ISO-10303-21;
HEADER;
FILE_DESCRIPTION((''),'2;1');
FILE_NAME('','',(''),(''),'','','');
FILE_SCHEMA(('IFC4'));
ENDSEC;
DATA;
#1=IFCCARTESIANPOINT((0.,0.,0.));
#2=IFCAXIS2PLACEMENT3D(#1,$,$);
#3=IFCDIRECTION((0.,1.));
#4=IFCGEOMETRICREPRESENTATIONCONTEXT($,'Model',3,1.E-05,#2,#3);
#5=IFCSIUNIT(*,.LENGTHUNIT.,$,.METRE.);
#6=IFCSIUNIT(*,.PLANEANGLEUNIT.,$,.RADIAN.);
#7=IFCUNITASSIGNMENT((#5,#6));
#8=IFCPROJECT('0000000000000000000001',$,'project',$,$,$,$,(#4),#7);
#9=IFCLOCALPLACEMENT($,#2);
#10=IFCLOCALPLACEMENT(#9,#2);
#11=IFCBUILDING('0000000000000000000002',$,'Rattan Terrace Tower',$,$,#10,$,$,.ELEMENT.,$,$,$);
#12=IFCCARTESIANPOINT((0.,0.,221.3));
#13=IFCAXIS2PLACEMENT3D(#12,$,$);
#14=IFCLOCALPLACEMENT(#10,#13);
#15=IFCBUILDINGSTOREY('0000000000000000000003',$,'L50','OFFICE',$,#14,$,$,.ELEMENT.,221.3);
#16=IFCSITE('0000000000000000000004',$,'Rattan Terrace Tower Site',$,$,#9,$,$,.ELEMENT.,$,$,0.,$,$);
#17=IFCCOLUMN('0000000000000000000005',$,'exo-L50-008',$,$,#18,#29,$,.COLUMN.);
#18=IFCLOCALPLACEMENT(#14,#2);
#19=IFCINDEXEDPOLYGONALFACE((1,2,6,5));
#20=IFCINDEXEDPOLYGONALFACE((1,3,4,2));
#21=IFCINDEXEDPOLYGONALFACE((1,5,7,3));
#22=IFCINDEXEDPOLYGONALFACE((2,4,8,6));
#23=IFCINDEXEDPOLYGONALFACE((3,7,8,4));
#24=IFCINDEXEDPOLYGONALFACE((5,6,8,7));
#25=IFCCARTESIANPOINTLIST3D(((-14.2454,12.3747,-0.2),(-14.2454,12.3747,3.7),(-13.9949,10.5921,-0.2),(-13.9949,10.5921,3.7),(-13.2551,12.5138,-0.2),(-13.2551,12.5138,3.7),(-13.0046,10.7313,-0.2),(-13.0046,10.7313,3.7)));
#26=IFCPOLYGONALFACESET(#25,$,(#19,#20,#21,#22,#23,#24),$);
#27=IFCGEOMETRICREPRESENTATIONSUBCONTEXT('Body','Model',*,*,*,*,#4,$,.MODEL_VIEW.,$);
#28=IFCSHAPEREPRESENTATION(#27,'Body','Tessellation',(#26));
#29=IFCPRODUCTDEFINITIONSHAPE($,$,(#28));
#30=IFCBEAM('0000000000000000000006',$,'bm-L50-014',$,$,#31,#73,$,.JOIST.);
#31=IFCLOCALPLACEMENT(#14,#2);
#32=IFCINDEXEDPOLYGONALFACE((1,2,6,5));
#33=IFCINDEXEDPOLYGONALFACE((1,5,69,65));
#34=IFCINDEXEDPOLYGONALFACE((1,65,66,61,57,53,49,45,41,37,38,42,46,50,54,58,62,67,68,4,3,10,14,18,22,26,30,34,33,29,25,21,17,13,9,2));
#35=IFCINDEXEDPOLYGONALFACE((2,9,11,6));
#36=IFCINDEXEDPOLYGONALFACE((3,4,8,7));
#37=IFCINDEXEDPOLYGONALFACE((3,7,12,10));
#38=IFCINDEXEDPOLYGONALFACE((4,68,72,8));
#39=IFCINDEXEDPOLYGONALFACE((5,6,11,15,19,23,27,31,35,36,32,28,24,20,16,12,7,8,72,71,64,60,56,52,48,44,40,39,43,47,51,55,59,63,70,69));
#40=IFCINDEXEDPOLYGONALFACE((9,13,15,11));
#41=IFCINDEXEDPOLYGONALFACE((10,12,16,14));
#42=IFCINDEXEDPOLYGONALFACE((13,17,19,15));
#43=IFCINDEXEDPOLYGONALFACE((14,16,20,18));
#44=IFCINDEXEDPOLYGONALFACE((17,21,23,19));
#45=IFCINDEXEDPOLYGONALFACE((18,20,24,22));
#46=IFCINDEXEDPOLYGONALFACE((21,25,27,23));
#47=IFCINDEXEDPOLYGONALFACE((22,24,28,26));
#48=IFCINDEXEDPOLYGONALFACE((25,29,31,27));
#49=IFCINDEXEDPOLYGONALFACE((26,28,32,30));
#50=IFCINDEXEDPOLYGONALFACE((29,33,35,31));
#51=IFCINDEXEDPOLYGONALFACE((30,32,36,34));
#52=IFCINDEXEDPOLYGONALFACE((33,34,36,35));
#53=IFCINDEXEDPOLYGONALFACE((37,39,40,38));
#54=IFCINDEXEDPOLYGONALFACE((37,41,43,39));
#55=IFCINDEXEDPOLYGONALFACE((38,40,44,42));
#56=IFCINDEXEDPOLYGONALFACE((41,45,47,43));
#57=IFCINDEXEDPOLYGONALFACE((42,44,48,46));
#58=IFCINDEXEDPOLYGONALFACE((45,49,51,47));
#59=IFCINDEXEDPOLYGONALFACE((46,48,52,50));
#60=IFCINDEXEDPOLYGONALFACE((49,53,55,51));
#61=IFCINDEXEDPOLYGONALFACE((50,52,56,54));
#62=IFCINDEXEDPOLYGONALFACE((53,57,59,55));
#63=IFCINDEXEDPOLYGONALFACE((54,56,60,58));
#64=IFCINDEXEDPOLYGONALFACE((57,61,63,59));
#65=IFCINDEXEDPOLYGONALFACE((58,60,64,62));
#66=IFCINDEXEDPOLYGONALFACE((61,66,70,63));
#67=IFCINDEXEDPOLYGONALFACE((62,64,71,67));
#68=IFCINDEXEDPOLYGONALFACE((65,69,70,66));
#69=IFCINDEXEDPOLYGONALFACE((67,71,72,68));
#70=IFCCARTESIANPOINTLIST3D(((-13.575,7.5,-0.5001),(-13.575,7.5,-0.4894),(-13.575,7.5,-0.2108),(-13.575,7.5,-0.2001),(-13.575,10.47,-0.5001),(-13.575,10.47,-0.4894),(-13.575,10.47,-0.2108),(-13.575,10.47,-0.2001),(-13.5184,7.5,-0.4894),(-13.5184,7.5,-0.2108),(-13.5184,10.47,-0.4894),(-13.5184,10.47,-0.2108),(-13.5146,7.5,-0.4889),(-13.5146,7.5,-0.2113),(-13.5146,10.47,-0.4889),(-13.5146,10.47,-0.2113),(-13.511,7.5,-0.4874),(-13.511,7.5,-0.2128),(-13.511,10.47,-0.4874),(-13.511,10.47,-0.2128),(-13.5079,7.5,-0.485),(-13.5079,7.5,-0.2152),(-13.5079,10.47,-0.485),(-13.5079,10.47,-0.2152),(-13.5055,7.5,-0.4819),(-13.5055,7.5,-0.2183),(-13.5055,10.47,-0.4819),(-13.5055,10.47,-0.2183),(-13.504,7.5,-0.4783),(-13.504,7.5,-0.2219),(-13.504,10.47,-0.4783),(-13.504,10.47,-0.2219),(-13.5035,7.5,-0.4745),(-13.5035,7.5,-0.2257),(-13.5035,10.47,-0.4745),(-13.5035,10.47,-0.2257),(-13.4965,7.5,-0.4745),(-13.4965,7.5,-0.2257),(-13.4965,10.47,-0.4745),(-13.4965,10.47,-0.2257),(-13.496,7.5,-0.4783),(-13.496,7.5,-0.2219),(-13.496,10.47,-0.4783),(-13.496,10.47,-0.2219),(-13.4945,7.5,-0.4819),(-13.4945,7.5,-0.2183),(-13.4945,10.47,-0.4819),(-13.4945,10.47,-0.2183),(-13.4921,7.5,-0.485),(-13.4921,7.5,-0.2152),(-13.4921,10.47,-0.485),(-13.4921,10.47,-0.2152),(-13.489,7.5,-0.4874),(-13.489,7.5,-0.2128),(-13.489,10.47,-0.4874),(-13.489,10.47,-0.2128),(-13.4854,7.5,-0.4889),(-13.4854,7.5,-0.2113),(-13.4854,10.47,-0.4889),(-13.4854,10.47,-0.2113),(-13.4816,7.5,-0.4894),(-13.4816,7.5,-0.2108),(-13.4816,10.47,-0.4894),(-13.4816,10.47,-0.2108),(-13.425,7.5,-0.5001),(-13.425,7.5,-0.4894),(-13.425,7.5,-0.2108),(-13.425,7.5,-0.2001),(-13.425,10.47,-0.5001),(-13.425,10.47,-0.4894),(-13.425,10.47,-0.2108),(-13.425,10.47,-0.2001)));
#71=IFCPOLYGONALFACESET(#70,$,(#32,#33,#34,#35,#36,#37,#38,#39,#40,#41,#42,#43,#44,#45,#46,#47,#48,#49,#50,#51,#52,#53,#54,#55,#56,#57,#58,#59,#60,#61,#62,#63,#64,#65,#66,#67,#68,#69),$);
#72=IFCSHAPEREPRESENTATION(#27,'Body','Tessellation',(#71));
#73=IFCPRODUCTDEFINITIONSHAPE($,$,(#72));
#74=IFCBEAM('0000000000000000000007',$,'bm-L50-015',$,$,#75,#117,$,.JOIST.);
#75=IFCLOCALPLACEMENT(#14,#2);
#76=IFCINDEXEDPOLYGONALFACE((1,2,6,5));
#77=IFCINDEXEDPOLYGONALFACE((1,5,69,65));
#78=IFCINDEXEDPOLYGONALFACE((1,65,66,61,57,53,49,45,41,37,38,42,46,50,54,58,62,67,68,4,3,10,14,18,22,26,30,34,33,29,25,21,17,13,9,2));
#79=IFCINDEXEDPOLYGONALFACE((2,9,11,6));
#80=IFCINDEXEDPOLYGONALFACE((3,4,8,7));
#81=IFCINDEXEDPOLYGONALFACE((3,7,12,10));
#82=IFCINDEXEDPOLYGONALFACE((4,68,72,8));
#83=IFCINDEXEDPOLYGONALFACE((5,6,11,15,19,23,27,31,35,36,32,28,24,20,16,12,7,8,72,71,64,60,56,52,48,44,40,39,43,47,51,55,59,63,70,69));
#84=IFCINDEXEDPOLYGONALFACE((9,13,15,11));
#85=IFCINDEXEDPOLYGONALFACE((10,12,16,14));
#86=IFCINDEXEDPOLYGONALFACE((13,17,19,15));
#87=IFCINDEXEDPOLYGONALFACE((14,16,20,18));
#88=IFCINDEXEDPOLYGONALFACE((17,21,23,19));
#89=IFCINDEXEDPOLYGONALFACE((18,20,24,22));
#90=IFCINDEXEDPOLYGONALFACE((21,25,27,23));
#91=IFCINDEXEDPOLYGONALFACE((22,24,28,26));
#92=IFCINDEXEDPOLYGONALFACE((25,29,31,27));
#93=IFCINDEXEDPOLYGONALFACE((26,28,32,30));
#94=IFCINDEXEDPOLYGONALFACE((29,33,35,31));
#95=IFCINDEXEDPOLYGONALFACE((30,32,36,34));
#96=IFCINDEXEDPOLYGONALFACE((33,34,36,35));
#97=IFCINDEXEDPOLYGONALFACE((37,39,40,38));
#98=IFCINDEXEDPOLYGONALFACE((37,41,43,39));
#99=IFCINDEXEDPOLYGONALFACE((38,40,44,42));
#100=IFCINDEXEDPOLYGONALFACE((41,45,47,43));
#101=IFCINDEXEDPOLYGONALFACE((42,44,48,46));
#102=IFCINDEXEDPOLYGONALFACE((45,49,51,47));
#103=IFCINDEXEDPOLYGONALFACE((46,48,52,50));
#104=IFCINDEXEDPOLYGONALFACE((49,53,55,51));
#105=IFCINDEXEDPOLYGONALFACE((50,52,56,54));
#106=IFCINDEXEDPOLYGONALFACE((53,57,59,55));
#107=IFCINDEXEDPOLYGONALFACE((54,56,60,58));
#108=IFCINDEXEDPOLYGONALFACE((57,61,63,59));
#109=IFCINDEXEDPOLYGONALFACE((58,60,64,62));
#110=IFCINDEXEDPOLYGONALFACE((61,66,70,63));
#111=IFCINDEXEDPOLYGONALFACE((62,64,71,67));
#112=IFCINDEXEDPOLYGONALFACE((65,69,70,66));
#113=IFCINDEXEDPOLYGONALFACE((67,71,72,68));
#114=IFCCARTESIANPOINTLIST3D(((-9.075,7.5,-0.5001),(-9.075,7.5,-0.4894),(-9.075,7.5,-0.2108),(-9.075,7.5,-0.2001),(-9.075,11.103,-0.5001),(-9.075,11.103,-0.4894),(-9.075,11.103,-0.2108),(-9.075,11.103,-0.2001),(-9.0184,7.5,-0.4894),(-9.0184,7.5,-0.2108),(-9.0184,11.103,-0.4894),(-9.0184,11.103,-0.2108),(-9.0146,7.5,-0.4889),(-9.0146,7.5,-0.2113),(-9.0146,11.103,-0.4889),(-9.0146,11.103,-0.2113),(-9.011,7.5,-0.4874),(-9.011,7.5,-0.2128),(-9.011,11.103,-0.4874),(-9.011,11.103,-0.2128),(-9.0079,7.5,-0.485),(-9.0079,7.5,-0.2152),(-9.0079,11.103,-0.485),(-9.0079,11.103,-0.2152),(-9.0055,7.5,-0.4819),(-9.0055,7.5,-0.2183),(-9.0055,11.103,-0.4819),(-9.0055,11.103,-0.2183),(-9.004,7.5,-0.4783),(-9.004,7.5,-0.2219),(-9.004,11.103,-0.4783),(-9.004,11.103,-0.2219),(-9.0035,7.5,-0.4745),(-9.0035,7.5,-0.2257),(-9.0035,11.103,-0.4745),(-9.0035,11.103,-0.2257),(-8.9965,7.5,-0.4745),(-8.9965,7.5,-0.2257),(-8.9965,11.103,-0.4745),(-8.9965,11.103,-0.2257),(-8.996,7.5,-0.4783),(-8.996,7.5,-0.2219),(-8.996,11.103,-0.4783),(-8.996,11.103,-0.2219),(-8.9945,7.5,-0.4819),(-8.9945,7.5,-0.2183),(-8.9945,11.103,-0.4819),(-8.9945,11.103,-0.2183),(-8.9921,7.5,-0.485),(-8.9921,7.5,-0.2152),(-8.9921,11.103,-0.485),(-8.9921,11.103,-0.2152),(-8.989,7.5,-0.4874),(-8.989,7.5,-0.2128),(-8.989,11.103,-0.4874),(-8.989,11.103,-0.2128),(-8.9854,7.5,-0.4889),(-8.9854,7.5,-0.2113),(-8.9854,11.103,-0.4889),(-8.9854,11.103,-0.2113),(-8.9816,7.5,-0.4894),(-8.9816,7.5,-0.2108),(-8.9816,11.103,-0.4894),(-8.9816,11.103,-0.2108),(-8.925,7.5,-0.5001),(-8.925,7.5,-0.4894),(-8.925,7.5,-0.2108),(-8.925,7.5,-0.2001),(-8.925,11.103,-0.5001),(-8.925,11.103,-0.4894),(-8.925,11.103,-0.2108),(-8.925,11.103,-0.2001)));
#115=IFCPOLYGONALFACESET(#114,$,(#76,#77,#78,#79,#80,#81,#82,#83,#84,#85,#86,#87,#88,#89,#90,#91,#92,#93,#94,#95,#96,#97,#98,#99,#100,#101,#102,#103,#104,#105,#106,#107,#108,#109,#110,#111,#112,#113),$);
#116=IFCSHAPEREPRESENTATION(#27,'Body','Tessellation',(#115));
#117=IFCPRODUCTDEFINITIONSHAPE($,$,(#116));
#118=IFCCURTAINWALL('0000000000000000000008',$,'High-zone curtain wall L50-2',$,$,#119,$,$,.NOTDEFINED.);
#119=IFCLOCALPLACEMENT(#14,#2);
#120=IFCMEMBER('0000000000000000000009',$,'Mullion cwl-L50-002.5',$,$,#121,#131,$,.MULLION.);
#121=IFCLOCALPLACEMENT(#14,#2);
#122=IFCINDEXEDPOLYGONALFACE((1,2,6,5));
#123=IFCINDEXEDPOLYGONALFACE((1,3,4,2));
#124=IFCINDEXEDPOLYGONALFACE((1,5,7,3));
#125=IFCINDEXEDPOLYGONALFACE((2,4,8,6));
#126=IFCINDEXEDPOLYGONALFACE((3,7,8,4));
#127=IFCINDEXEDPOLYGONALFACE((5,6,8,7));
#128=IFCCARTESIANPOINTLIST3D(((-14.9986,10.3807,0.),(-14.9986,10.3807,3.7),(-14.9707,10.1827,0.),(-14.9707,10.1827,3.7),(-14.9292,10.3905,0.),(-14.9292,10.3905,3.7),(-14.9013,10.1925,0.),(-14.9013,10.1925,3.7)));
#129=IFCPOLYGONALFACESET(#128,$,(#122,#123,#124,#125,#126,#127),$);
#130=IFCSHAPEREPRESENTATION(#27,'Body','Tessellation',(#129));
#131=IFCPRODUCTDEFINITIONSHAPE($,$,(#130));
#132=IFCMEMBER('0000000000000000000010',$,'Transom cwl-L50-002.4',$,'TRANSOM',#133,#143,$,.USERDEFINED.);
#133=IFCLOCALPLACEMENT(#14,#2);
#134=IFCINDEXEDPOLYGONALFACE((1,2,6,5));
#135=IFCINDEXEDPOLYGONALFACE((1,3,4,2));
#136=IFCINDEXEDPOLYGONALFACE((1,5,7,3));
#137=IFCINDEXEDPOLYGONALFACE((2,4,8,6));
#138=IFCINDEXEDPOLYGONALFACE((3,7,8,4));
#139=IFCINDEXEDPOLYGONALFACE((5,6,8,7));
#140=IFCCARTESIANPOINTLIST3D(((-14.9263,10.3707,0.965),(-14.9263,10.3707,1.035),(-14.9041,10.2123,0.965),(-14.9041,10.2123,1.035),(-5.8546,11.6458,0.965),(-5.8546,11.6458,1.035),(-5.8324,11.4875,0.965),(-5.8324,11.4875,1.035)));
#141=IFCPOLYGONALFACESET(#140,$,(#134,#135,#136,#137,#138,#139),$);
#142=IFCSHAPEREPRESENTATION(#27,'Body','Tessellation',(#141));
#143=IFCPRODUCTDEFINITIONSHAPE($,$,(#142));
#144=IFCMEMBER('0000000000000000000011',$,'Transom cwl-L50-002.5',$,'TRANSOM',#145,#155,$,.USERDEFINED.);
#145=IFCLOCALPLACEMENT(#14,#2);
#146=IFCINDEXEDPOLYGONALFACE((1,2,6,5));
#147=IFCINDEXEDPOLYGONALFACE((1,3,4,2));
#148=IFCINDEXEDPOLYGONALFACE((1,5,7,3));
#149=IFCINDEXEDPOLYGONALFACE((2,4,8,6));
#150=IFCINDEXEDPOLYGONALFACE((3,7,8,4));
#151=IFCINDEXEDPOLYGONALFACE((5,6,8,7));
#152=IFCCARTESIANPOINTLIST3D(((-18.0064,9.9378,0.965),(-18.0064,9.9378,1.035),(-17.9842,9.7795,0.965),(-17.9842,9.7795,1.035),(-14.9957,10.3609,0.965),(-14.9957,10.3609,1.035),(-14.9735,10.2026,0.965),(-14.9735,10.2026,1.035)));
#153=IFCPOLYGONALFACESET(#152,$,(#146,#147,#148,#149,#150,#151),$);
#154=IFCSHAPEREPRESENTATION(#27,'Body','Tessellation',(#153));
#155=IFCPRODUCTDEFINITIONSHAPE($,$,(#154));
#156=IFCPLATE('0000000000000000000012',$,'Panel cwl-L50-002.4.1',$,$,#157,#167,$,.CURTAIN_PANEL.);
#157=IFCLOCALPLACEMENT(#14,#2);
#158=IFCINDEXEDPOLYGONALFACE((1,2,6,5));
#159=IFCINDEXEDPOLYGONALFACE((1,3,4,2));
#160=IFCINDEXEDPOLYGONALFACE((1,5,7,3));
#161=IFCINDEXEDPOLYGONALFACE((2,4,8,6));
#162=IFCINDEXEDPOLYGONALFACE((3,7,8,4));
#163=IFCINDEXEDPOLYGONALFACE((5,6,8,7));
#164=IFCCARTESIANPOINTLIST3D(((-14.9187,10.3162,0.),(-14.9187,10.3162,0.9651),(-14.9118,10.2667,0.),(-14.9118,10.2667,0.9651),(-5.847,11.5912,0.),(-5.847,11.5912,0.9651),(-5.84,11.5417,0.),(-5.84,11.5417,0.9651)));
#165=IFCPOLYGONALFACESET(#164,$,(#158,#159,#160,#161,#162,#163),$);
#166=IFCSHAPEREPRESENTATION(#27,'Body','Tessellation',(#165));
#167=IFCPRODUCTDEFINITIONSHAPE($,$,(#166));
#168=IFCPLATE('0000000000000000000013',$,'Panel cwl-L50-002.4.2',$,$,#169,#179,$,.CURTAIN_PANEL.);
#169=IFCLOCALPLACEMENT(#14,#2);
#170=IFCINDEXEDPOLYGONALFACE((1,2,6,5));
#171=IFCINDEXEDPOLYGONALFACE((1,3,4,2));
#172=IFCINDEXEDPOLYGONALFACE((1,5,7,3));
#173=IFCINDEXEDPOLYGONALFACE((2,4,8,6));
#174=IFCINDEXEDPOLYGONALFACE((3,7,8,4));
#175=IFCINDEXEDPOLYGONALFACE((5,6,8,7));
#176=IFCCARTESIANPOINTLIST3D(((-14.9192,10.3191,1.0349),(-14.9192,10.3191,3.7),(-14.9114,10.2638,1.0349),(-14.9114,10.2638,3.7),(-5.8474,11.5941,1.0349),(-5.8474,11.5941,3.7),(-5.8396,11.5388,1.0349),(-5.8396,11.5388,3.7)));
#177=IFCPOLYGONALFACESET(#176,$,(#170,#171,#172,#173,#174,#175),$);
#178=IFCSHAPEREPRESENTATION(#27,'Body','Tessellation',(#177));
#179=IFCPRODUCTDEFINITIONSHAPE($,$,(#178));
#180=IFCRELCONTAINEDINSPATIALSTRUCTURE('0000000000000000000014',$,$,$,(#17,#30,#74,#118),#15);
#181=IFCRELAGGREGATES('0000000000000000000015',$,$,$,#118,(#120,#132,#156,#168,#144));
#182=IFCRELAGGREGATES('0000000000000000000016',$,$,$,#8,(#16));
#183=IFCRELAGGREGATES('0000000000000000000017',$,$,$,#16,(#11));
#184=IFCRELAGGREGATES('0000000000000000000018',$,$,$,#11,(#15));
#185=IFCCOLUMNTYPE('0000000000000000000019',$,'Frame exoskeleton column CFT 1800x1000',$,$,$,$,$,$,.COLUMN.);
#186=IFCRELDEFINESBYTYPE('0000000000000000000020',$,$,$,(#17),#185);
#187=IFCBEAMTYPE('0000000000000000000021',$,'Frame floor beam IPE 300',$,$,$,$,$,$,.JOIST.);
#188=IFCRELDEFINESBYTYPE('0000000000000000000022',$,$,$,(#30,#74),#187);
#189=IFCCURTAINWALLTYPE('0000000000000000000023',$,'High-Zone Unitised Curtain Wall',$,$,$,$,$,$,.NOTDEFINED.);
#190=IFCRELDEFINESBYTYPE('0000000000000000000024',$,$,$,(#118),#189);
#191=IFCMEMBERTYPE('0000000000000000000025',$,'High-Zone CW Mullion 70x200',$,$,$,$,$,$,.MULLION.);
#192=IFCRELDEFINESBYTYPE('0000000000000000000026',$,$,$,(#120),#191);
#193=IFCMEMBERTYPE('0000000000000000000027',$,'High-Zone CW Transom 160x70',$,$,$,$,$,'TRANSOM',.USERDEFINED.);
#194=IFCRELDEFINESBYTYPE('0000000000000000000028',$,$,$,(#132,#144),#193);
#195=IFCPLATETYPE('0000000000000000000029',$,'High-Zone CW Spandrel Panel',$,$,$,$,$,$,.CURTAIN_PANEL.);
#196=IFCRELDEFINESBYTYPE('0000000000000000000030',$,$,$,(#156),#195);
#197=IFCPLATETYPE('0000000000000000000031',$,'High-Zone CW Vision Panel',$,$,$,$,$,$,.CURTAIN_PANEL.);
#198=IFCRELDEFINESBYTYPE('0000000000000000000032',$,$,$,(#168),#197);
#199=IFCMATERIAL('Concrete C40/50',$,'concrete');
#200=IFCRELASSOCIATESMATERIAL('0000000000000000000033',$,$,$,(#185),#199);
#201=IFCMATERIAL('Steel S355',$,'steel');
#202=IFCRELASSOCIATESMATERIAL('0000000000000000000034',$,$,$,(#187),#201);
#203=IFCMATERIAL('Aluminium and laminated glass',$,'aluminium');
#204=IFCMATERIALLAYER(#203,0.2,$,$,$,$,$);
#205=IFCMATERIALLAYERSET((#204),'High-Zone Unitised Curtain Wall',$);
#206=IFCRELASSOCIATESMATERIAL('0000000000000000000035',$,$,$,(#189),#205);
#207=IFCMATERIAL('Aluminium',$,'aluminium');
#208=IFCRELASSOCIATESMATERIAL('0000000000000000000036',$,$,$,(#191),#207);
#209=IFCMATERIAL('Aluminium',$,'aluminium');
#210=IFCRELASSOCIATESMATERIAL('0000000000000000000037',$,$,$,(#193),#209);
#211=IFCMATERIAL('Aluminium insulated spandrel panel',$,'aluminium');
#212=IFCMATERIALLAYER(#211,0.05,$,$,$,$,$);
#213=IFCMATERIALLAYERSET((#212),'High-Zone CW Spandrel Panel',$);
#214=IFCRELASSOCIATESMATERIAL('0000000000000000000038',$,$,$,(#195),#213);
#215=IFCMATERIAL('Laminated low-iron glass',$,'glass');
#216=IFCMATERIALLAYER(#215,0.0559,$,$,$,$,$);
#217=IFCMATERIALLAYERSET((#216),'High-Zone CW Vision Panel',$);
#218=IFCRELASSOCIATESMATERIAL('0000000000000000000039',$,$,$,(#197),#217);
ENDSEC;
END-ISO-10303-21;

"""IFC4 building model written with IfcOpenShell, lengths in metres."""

from ifc_helpers import new_model, si_unit, direction, frame, origin, origin_2d, place, context, subcontext, project, spatial, rectangle, i_section, extrude, material, layer, layer_set, material_profile, profile_set, type_object, element, aggregate, save


model = new_model("IFC4")

# Units and contexts
model_context = context("Model", 3, precision=1e-05, world=origin(), true_north=direction((0.0, 1.0)))
body_context = subcontext(model_context, "Body", "Model", "MODEL_VIEW")
ifc_project = project(units=[si_unit("LENGTHUNIT", "METRE"), si_unit("PLANEANGLEUNIT", "RADIAN")], contexts=[model_context])

# Site, building, storey
site_placement = place(None, origin())
site = spatial("IfcSite", under=ifc_project, at=site_placement, Name="Rattan Terrace Tower Site", CompositionType="ELEMENT", RefElevation=0.0)
building_placement = place(site_placement, origin())
building = spatial("IfcBuilding", under=site, at=building_placement, Name="Rattan Terrace Tower", CompositionType="ELEMENT")
storey_placement = place(building_placement, frame((0.0, 0.0, 221.3)))
storey = spatial("IfcBuildingStorey", under=building, at=storey_placement, Name="L50", Description="OFFICE", CompositionType="ELEMENT", Elevation=221.3)

# Column
ifc_material_1 = material(Name="Concrete C40/50", Category="concrete")
ifc_material_profile_1 = material_profile(ifc_material_1, rectangle(XDim=1.0, YDim=1.8, at=origin_2d()), Name="CFT 1800x1000")
ifc_profile_set_1 = profile_set([ifc_material_profile_1], Name="Concrete C40/50")
column_type = type_object("IfcColumnType", Name="Frame exoskeleton column CFT 1800x1000", PredefinedType="COLUMN", material=ifc_profile_set_1)
column_placement = place(storey_placement, frame((-13.625, 11.553, -0.2), z_axis=(0.0, 0.0, 1.0), x_axis=(0.990268, 0.139173, 0.0)))
element("IfcColumn", 1, at=column_placement, inside=storey, type_object=column_type, Name="exo-L50-008", PredefinedType="COLUMN", context=body_context, shape_type="SweptSolid", body=[
    extrude(rectangle(XDim=1.0, YDim=1.8, at=origin_2d()), origin(), (0.0, 0.0, 1.0), 3.8999),
])

# Beams
ifc_material_2 = material(Name="Steel S355", Category="steel")
ifc_material_profile_2 = material_profile(ifc_material_2, i_section(OverallWidth=0.1499, OverallDepth=0.3, WebThickness=0.0071, FlangeThickness=0.0107, FilletRadius=0.0149, at=origin_2d()), Name="IPE 300")
ifc_profile_set_2 = profile_set([ifc_material_profile_2], Name="Steel S355")
beam_type = type_object("IfcBeamType", Name="Frame floor beam IPE 300", PredefinedType="JOIST", material=ifc_profile_set_2)
beam_1_placement = place(storey_placement, frame((-13.5, 7.5, -0.3501), z_axis=(0.0, 1.0, 0.0), x_axis=(-1.0, 0.0, 0.0)))
element("IfcBeam", 2, at=beam_1_placement, inside=storey, type_object=beam_type, Name="bm-L50-014", PredefinedType="JOIST", context=body_context, shape_type="SweptSolid", body=[
    extrude(i_section(OverallWidth=0.1499, OverallDepth=0.3, WebThickness=0.0071, FlangeThickness=0.0107, FilletRadius=0.0149, at=origin_2d()), origin(), (0.0, 0.0, 1.0), 2.97),
])
beam_2_placement = place(storey_placement, frame((-9.0, 7.5, -0.3501), z_axis=(0.0, 1.0, 0.0), x_axis=(-1.0, 0.0, 0.0)))
element("IfcBeam", 3, at=beam_2_placement, inside=storey, type_object=beam_type, Name="bm-L50-015", PredefinedType="JOIST", context=body_context, shape_type="SweptSolid", body=[
    extrude(i_section(OverallWidth=0.1499, OverallDepth=0.3, WebThickness=0.0071, FlangeThickness=0.0107, FilletRadius=0.0149, at=origin_2d()), origin(), (0.0, 0.0, 1.0), 3.603),
])

# Curtain wall, members, plates
ifc_material_3 = material(Name="Aluminium and laminated glass", Category="aluminium")
ifc_layer_1 = layer(ifc_material_3, 0.2)
ifc_layer_set_1 = layer_set([ifc_layer_1], Name="High-Zone Unitised Curtain Wall")
curtain_wall_type = type_object("IfcCurtainWallType", Name="High-Zone Unitised Curtain Wall", PredefinedType="NOTDEFINED", material=ifc_layer_set_1)
curtain_wall_placement = place(storey_placement, origin())
curtain_wall = element("IfcCurtainWall", 4, at=curtain_wall_placement, inside=storey, type_object=curtain_wall_type, Name="High-zone curtain wall L50-2", PredefinedType="NOTDEFINED")
ifc_material_4 = material(Name="Aluminium", Category="aluminium")
ifc_material_profile_3 = material_profile(ifc_material_4, rectangle(XDim=0.0701, YDim=0.2, at=origin_2d()), Name="Aluminium 70x200")
ifc_profile_set_3 = profile_set([ifc_material_profile_3], Name="Aluminium")
member_type_1 = type_object("IfcMemberType", Name="High-Zone CW Mullion 70x200", PredefinedType="MULLION", material=ifc_profile_set_3)
member_1_placement = place(storey_placement, frame((-14.95, 10.2866, 0.0), z_axis=(0.0, 0.0, 1.0), x_axis=(-0.990267, -0.139177, 0.0)))
member_1 = element("IfcMember", 5, at=member_1_placement, type_object=member_type_1, Name="Mullion cwl-L50-002.5", PredefinedType="MULLION", context=body_context, shape_type="SweptSolid", body=[
    extrude(rectangle(XDim=0.0701, YDim=0.2, at=origin_2d()), origin(), (0.0, 0.0, 1.0), 3.7),
])
ifc_material_5 = material(Name="Aluminium", Category="aluminium")
ifc_material_profile_4 = material_profile(ifc_material_5, rectangle(XDim=0.1599, YDim=0.0701, at=origin_2d()), Name="Aluminium 160x70")
ifc_profile_set_4 = profile_set([ifc_material_profile_4], Name="Aluminium")
member_type_2 = type_object("IfcMemberType", Name="High-Zone CW Transom 160x70", ElementType="TRANSOM", PredefinedType="USERDEFINED", material=ifc_profile_set_4)
member_2_placement = place(storey_placement, frame((-5.8435, 11.5667, 1.0), z_axis=(-0.990265, -0.139194, 0.0), x_axis=(0.139194, -0.990265, 0.0)))
member_2 = element("IfcMember", 6, at=member_2_placement, type_object=member_type_2, Name="Transom cwl-L50-002.4", ObjectType="TRANSOM", PredefinedType="USERDEFINED", context=body_context, shape_type="SweptSolid", body=[
    extrude(rectangle(XDim=0.1599, YDim=0.0701, at=origin_2d()), origin(), (0.0, 0.0, 1.0), 9.1609),
])
member_3_placement = place(storey_placement, frame((-14.9846, 10.2817, 1.0), z_axis=(-0.99027, -0.139161, 0.0), x_axis=(0.139161, -0.99027, 0.0)))
member_3 = element("IfcMember", 7, at=member_3_placement, type_object=member_type_2, Name="Transom cwl-L50-002.5", ObjectType="TRANSOM", PredefinedType="USERDEFINED", context=body_context, shape_type="SweptSolid", body=[
    extrude(rectangle(XDim=0.1599, YDim=0.0701, at=origin_2d()), origin(), (0.0, 0.0, 1.0), 3.0403),
])
ifc_material_6 = material(Name="Aluminium insulated spandrel panel", Category="aluminium")
ifc_layer_2 = layer(ifc_material_6, 0.05)
ifc_layer_set_2 = layer_set([ifc_layer_2], Name="High-Zone CW Spandrel Panel")
plate_type_1 = type_object("IfcPlateType", Name="High-Zone CW Spandrel Panel", PredefinedType="CURTAIN_PANEL", material=ifc_layer_set_2)
plate_1_placement = place(storey_placement, frame((-10.3794, 10.929, 0.0), z_axis=(0.0, 0.0, 1.0), x_axis=(-0.990267, -0.139177, 0.0)))
plate_1 = element("IfcPlate", 8, at=plate_1_placement, type_object=plate_type_1, Name="Panel cwl-L50-002.4.1", PredefinedType="CURTAIN_PANEL", context=body_context, shape_type="SweptSolid", body=[
    extrude(rectangle(XDim=9.1609, YDim=0.05, at=origin_2d()), origin(), (0.0, 0.0, 1.0), 0.9651),
])
ifc_material_7 = material(Name="Laminated low-iron glass", Category="glass")
ifc_layer_3 = layer(ifc_material_7, 0.0559)
ifc_layer_set_3 = layer_set([ifc_layer_3], Name="High-Zone CW Vision Panel")
plate_type_2 = type_object("IfcPlateType", Name="High-Zone CW Vision Panel", PredefinedType="CURTAIN_PANEL", material=ifc_layer_set_3)
plate_2_placement = place(storey_placement, frame((-10.3794, 10.929, 1.0349), z_axis=(0.0, 0.0, 1.0), x_axis=(-0.990267, -0.139177, 0.0)))
plate_2 = element("IfcPlate", 9, at=plate_2_placement, type_object=plate_type_2, Name="Panel cwl-L50-002.4.2", PredefinedType="CURTAIN_PANEL", context=body_context, shape_type="SweptSolid", body=[
    extrude(rectangle(XDim=9.1609, YDim=0.0559, at=origin_2d()), origin(), (0.0, 0.0, 1.0), 2.665),
])
aggregate(curtain_wall, [member_1, member_2, plate_1, plate_2, member_3])

save(model, "model.ifc")
